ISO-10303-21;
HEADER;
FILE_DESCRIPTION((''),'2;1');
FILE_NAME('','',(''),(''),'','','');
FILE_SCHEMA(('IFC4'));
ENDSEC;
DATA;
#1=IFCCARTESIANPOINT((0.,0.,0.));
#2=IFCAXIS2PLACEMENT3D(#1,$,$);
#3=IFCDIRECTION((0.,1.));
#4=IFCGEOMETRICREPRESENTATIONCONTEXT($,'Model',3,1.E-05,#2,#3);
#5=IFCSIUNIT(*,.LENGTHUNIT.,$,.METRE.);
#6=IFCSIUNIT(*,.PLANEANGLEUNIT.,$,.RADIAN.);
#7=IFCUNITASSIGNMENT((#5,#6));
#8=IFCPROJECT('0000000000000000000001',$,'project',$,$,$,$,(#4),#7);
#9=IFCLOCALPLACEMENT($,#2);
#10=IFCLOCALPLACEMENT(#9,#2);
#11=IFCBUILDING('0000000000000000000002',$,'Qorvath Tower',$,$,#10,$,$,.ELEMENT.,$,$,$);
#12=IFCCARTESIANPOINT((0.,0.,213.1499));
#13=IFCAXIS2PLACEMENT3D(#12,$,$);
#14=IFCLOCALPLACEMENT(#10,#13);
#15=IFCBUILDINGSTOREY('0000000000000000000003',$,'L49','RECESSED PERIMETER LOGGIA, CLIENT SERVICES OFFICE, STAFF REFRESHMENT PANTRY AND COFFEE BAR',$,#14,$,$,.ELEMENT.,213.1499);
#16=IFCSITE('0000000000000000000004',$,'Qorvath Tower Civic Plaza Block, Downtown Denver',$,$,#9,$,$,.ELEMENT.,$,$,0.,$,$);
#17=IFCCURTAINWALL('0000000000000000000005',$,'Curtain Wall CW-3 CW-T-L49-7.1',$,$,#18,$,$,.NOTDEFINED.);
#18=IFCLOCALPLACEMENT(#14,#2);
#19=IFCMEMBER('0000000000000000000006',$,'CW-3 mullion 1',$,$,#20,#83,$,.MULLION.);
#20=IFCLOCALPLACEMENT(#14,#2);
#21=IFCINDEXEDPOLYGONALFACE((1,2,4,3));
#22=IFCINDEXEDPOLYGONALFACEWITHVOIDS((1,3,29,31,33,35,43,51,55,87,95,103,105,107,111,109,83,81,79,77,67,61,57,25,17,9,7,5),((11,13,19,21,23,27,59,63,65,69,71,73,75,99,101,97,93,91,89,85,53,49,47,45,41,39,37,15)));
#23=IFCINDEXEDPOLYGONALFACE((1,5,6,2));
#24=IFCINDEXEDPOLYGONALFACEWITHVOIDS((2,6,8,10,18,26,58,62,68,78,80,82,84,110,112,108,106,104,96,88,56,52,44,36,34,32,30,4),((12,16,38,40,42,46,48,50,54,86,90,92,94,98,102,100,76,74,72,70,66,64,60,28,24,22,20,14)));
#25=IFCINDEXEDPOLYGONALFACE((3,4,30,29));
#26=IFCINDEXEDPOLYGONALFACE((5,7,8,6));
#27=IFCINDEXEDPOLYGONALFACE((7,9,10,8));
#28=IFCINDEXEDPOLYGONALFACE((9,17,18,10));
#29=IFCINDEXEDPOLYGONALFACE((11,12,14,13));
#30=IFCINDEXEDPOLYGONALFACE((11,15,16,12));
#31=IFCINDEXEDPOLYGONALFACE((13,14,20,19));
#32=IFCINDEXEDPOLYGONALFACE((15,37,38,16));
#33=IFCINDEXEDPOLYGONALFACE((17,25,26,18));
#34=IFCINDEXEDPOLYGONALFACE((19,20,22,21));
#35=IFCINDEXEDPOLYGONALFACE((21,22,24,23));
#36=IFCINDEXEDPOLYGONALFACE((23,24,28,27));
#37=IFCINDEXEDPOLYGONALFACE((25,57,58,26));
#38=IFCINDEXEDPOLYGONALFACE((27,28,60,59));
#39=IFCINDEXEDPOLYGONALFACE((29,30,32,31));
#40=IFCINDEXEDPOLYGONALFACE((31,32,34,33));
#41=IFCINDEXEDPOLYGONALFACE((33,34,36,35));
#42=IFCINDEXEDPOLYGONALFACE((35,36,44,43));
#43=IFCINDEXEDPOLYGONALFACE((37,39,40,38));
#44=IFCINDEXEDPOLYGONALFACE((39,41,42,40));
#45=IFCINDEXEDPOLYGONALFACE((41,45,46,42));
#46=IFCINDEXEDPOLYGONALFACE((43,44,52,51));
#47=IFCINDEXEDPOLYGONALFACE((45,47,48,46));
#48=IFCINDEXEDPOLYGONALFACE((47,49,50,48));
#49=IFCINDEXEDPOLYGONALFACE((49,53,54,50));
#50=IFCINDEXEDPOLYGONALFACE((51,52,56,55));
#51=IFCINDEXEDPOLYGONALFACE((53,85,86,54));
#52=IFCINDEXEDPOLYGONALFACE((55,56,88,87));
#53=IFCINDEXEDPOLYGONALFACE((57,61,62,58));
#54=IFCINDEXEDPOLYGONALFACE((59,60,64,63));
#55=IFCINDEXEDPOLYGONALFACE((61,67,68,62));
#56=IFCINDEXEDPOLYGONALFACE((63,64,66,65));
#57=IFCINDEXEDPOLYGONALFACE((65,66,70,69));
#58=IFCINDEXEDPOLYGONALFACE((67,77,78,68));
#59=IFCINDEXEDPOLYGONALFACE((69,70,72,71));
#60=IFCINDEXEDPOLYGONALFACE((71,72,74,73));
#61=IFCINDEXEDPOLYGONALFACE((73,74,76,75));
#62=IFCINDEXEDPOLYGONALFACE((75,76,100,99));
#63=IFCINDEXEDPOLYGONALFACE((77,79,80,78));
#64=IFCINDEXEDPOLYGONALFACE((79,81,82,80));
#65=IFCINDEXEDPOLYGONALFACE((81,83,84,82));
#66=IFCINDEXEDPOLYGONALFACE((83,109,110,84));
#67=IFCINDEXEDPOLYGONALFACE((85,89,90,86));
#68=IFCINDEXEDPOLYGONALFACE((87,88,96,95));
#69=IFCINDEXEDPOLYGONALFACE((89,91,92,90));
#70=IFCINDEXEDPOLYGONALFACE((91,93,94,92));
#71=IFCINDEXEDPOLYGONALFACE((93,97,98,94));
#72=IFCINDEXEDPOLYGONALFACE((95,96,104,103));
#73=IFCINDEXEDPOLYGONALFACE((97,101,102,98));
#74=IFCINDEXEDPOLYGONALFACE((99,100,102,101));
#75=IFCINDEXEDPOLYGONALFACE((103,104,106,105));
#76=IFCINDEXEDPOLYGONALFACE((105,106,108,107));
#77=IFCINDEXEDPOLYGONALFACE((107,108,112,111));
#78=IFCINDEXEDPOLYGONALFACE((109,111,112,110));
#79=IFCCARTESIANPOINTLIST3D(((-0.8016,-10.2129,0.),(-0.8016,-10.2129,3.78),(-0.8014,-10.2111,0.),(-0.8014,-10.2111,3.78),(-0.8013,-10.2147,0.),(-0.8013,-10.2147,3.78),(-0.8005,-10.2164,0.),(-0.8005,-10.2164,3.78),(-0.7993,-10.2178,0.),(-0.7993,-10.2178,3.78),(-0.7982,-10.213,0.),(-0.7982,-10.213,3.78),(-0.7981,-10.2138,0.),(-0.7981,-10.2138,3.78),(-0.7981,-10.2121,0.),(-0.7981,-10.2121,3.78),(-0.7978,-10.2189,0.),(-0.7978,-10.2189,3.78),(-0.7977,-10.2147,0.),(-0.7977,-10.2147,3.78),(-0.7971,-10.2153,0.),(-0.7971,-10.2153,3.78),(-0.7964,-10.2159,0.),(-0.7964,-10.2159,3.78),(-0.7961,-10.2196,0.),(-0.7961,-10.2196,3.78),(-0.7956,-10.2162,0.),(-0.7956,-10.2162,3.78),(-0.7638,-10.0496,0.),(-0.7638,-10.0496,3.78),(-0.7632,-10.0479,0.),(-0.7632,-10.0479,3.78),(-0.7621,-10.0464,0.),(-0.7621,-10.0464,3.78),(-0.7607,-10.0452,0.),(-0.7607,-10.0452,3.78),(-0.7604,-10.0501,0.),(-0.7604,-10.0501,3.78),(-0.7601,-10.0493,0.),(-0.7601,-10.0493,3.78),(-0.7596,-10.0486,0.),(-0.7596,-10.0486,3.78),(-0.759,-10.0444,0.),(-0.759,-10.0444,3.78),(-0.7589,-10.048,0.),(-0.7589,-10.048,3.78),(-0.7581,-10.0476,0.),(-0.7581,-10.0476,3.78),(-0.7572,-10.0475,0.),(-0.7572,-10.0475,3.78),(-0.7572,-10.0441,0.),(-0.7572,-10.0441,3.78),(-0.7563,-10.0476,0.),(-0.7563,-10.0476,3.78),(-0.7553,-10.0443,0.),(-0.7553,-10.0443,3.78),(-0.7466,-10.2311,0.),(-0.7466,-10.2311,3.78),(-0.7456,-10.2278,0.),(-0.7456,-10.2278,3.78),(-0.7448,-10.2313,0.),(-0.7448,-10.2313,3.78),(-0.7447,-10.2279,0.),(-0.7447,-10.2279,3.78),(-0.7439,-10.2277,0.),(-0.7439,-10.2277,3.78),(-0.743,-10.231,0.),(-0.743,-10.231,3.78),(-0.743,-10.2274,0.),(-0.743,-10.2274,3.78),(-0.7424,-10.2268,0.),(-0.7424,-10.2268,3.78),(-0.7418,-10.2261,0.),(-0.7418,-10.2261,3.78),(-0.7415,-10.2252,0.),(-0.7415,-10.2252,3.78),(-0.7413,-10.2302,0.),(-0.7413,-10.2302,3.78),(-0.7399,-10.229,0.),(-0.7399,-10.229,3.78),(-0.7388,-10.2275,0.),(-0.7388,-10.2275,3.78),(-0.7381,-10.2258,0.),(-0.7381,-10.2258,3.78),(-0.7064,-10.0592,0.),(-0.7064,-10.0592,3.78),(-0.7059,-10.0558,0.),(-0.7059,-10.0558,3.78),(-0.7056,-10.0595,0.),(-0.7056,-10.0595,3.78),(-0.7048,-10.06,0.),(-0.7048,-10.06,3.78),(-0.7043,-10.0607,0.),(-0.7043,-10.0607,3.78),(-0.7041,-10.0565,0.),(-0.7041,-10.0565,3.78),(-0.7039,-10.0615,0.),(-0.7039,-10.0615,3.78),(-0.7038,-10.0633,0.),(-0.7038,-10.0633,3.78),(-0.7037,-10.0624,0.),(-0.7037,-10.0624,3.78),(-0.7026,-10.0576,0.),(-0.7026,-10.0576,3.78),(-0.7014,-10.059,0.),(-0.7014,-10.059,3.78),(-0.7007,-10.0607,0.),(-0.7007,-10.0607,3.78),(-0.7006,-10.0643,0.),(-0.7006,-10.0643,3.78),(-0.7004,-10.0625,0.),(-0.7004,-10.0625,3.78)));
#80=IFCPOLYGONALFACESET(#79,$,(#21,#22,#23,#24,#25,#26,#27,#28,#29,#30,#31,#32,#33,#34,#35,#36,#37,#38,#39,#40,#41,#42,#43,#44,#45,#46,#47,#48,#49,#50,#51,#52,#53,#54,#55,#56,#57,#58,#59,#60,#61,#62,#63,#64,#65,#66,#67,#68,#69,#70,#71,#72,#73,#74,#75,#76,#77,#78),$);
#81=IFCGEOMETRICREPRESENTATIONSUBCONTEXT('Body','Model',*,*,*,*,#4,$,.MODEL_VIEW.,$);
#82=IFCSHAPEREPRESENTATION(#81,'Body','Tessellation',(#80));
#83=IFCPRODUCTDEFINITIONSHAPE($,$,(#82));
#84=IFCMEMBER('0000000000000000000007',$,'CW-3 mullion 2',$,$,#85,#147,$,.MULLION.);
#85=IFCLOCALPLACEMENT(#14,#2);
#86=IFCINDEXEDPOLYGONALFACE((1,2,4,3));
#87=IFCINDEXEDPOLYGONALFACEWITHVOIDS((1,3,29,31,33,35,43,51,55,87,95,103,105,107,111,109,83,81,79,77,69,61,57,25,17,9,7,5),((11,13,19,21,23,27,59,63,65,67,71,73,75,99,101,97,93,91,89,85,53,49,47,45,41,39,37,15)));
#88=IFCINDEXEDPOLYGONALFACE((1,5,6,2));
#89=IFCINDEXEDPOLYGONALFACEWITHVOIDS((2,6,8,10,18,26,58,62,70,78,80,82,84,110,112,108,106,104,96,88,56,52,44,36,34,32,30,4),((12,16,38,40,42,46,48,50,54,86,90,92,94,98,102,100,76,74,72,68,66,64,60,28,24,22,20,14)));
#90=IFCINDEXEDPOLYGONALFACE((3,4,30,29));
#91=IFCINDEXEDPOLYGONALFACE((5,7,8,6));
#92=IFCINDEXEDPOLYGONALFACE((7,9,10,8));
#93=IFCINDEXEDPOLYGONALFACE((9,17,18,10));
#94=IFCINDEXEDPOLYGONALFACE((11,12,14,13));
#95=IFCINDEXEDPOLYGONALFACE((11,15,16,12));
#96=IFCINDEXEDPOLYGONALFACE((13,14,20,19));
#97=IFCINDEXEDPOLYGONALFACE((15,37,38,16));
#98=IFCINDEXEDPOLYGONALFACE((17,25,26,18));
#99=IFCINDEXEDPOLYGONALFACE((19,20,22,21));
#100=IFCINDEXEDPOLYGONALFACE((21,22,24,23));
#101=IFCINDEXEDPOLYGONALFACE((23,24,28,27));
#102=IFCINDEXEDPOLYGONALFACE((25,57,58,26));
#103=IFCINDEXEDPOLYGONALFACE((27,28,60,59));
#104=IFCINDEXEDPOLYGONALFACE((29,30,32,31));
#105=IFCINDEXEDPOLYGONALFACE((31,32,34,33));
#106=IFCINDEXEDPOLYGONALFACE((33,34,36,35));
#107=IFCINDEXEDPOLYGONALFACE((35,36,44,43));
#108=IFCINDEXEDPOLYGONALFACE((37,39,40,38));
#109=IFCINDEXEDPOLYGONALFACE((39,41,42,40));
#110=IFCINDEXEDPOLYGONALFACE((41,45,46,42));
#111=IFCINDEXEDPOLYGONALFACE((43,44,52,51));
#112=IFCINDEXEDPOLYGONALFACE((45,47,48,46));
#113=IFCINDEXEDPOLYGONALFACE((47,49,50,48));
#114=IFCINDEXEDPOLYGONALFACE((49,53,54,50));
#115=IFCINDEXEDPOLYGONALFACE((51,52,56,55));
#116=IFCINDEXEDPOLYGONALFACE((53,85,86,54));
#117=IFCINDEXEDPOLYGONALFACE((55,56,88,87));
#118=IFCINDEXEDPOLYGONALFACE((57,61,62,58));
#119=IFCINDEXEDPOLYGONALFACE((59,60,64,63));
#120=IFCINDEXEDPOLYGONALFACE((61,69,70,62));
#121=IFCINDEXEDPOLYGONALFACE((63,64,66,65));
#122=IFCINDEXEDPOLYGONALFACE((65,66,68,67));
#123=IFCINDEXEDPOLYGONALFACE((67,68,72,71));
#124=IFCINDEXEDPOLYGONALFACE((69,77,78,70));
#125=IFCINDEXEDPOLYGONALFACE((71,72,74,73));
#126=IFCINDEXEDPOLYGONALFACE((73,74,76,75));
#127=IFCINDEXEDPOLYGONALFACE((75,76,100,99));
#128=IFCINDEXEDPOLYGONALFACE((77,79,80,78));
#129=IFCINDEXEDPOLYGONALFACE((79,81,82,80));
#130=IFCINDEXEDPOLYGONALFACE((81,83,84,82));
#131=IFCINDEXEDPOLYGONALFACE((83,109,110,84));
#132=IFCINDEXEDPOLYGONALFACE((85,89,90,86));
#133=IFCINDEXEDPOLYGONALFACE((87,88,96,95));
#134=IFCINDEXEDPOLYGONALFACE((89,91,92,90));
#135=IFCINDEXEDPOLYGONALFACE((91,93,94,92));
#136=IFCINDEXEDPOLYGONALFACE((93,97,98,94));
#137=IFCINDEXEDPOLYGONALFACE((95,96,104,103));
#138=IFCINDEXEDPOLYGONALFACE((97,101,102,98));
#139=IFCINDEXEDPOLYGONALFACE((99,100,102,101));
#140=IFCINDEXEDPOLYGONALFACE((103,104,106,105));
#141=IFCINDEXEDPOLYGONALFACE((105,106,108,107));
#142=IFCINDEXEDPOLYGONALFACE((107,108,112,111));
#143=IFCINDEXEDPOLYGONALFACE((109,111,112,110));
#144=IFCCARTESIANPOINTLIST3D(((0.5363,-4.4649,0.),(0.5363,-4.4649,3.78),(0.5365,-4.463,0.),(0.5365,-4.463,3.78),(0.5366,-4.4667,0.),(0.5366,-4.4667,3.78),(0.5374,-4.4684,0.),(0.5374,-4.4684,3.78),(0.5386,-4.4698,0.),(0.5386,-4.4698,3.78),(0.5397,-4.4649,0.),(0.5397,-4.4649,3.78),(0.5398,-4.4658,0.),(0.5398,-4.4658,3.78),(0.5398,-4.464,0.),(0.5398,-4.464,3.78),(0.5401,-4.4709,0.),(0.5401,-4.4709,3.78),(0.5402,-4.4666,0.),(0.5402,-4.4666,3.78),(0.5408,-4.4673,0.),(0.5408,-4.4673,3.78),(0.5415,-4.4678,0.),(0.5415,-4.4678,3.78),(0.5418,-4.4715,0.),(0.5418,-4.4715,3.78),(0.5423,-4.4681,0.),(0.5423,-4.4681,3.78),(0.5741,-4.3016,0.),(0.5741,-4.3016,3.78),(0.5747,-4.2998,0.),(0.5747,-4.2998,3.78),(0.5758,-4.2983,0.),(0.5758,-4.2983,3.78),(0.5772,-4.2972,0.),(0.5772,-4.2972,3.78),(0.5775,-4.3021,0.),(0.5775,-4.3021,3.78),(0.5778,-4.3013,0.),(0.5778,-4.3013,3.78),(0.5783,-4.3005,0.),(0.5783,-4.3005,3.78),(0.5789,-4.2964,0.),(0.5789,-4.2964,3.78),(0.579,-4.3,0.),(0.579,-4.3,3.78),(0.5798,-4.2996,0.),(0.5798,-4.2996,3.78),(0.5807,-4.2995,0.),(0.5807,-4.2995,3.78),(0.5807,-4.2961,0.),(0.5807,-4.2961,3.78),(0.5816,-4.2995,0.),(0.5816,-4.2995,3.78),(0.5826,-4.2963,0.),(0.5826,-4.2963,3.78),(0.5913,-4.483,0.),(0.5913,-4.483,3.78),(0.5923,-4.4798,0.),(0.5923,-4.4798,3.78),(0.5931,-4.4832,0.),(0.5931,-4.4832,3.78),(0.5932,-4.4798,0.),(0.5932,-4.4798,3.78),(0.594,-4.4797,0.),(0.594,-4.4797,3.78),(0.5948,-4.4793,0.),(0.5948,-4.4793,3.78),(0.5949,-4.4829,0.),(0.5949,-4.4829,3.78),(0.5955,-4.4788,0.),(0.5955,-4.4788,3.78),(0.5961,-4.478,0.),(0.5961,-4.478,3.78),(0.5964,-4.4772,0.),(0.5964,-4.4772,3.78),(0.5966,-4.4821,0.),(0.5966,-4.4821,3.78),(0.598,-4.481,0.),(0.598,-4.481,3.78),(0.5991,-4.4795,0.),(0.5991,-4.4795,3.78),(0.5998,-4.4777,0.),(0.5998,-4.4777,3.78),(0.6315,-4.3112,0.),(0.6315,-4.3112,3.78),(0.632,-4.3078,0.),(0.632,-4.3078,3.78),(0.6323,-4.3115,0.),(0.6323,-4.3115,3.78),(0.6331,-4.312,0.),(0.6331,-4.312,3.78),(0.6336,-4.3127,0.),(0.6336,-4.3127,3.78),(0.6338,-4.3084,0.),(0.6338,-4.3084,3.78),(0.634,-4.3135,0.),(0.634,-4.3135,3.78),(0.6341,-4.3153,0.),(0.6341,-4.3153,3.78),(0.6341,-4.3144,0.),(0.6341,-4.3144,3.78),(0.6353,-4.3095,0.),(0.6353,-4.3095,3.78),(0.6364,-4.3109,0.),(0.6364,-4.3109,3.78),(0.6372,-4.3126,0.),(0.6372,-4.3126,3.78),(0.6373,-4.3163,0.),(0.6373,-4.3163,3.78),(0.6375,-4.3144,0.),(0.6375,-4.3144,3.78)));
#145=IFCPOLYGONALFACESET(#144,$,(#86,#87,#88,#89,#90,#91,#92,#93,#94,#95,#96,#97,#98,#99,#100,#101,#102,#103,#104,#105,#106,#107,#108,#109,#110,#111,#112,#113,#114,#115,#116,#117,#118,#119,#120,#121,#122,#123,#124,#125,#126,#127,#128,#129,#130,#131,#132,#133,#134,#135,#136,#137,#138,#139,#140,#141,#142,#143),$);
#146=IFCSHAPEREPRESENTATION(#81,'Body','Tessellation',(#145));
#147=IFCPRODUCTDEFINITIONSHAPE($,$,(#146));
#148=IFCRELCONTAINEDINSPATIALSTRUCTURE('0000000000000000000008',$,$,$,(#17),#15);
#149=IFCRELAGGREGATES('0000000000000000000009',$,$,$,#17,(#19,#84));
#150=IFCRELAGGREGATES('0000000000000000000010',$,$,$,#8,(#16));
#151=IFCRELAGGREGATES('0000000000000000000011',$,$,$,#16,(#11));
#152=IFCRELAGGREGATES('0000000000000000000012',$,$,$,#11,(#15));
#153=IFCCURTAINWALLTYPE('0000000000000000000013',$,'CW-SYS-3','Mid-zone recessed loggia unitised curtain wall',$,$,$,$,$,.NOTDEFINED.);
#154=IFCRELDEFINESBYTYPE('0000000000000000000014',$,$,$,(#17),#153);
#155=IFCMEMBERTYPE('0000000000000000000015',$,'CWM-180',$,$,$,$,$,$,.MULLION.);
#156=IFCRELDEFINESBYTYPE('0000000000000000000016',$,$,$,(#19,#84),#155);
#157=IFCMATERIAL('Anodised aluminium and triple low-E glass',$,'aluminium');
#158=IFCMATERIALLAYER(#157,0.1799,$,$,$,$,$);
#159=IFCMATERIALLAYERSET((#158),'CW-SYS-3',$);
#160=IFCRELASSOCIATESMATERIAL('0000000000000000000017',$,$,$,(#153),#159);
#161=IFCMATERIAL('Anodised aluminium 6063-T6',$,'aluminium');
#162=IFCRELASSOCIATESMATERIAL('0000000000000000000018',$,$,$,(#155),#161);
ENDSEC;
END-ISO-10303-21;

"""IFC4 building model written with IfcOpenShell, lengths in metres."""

from ifc_helpers import new_model, si_unit, direction, frame, origin, origin_2d, place, context, subcontext, project, spatial, hollow_rectangle, extrude, material, layer, layer_set, material_profile, profile_set, type_object, element, aggregate, save


model = new_model("IFC4")

# Units and contexts
model_context = context("Model", 3, precision=1e-05, world=origin(), true_north=direction((0.0, 1.0)))
body_context = subcontext(model_context, "Body", "Model", "MODEL_VIEW")
ifc_project = project(units=[si_unit("LENGTHUNIT", "METRE"), si_unit("PLANEANGLEUNIT", "RADIAN")], contexts=[model_context])

# Site, building, storey
site_placement = place(None, origin())
site = spatial("IfcSite", under=ifc_project, at=site_placement, Name="Qorvath Tower Civic Plaza Block, Downtown Denver", CompositionType="ELEMENT", RefElevation=0.0)
building_placement = place(site_placement, origin())
building = spatial("IfcBuilding", under=site, at=building_placement, Name="Qorvath Tower", CompositionType="ELEMENT")
storey_placement = place(building_placement, frame((0.0, 0.0, 213.1499)))
storey = spatial("IfcBuildingStorey", under=building, at=storey_placement, Name="L49", Description="RECESSED PERIMETER LOGGIA, CLIENT SERVICES OFFICE, STAFF REFRESHMENT PANTRY AND COFFEE BAR", CompositionType="ELEMENT", Elevation=213.1499)

# Shared definitions
ifc_material_1 = material(Name="Anodised aluminium and triple low-E glass", Category="aluminium")
ifc_layer_1 = layer(ifc_material_1, 0.1799)
ifc_layer_set_1 = layer_set([ifc_layer_1], Name="CW-SYS-3")
curtain_wall_type = type_object("IfcCurtainWallType", Name="CW-SYS-3", Description="Mid-zone recessed loggia unitised curtain wall", PredefinedType="NOTDEFINED", material=ifc_layer_set_1)
ifc_material_2 = material(Name="Anodised aluminium 6063-T6", Category="aluminium")
ifc_material_profile_1 = material_profile(ifc_material_2, hollow_rectangle(XDim=0.0649, YDim=0.1799, WallThickness=0.0034, InnerFilletRadius=0.0034, OuterFilletRadius=0.0071, at=origin_2d()), Name="CWM 180x65")
ifc_profile_set_1 = profile_set([ifc_material_profile_1], Name="Anodised aluminium 6063-T6")
member_type_1 = type_object("IfcMemberType", Name="CWM-180", PredefinedType="MULLION", material=ifc_profile_set_1)

# Curtain wall, members
curtain_wall_1_placement = place(storey_placement, origin())
curtain_wall_1 = element("IfcCurtainWall", 1, at=curtain_wall_1_placement, inside=storey, type_object=curtain_wall_type, Name="Curtain Wall CW-3 CW-T-L49-7.1", PredefinedType="NOTDEFINED")
member_1_placement = place(storey_placement, frame((-0.751, -10.1377, 0.0), z_axis=(0.0, 0.0, 1.0), x_axis=(-0.973971, 0.226671, 0.0)))
member_1 = element("IfcMember", 2, at=member_1_placement, type_object=member_type_1, Name="CW-3 mullion 1", PredefinedType="MULLION", context=body_context, shape_type="SweptSolid", body=[
    extrude(hollow_rectangle(XDim=0.0649, YDim=0.1799, WallThickness=0.0034, InnerFilletRadius=0.0034, OuterFilletRadius=0.0071, at=origin_2d()), origin(), (0.0, 0.0, 1.0), 3.78),
])
member_2_placement = place(storey_placement, frame((0.5869, -4.3896, 0.0), z_axis=(0.0, 0.0, 1.0), x_axis=(-0.973971, 0.226671, 0.0)))
member_2 = element("IfcMember", 3, at=member_2_placement, type_object=member_type_1, Name="CW-3 mullion 2", PredefinedType="MULLION", context=body_context, shape_type="SweptSolid", body=[
    extrude(hollow_rectangle(XDim=0.0649, YDim=0.1799, WallThickness=0.0034, InnerFilletRadius=0.0034, OuterFilletRadius=0.0071, at=origin_2d()), origin(), (0.0, 0.0, 1.0), 3.78),
])

aggregate(curtain_wall_1, [member_1, member_2])

save(model, "model.ifc")
